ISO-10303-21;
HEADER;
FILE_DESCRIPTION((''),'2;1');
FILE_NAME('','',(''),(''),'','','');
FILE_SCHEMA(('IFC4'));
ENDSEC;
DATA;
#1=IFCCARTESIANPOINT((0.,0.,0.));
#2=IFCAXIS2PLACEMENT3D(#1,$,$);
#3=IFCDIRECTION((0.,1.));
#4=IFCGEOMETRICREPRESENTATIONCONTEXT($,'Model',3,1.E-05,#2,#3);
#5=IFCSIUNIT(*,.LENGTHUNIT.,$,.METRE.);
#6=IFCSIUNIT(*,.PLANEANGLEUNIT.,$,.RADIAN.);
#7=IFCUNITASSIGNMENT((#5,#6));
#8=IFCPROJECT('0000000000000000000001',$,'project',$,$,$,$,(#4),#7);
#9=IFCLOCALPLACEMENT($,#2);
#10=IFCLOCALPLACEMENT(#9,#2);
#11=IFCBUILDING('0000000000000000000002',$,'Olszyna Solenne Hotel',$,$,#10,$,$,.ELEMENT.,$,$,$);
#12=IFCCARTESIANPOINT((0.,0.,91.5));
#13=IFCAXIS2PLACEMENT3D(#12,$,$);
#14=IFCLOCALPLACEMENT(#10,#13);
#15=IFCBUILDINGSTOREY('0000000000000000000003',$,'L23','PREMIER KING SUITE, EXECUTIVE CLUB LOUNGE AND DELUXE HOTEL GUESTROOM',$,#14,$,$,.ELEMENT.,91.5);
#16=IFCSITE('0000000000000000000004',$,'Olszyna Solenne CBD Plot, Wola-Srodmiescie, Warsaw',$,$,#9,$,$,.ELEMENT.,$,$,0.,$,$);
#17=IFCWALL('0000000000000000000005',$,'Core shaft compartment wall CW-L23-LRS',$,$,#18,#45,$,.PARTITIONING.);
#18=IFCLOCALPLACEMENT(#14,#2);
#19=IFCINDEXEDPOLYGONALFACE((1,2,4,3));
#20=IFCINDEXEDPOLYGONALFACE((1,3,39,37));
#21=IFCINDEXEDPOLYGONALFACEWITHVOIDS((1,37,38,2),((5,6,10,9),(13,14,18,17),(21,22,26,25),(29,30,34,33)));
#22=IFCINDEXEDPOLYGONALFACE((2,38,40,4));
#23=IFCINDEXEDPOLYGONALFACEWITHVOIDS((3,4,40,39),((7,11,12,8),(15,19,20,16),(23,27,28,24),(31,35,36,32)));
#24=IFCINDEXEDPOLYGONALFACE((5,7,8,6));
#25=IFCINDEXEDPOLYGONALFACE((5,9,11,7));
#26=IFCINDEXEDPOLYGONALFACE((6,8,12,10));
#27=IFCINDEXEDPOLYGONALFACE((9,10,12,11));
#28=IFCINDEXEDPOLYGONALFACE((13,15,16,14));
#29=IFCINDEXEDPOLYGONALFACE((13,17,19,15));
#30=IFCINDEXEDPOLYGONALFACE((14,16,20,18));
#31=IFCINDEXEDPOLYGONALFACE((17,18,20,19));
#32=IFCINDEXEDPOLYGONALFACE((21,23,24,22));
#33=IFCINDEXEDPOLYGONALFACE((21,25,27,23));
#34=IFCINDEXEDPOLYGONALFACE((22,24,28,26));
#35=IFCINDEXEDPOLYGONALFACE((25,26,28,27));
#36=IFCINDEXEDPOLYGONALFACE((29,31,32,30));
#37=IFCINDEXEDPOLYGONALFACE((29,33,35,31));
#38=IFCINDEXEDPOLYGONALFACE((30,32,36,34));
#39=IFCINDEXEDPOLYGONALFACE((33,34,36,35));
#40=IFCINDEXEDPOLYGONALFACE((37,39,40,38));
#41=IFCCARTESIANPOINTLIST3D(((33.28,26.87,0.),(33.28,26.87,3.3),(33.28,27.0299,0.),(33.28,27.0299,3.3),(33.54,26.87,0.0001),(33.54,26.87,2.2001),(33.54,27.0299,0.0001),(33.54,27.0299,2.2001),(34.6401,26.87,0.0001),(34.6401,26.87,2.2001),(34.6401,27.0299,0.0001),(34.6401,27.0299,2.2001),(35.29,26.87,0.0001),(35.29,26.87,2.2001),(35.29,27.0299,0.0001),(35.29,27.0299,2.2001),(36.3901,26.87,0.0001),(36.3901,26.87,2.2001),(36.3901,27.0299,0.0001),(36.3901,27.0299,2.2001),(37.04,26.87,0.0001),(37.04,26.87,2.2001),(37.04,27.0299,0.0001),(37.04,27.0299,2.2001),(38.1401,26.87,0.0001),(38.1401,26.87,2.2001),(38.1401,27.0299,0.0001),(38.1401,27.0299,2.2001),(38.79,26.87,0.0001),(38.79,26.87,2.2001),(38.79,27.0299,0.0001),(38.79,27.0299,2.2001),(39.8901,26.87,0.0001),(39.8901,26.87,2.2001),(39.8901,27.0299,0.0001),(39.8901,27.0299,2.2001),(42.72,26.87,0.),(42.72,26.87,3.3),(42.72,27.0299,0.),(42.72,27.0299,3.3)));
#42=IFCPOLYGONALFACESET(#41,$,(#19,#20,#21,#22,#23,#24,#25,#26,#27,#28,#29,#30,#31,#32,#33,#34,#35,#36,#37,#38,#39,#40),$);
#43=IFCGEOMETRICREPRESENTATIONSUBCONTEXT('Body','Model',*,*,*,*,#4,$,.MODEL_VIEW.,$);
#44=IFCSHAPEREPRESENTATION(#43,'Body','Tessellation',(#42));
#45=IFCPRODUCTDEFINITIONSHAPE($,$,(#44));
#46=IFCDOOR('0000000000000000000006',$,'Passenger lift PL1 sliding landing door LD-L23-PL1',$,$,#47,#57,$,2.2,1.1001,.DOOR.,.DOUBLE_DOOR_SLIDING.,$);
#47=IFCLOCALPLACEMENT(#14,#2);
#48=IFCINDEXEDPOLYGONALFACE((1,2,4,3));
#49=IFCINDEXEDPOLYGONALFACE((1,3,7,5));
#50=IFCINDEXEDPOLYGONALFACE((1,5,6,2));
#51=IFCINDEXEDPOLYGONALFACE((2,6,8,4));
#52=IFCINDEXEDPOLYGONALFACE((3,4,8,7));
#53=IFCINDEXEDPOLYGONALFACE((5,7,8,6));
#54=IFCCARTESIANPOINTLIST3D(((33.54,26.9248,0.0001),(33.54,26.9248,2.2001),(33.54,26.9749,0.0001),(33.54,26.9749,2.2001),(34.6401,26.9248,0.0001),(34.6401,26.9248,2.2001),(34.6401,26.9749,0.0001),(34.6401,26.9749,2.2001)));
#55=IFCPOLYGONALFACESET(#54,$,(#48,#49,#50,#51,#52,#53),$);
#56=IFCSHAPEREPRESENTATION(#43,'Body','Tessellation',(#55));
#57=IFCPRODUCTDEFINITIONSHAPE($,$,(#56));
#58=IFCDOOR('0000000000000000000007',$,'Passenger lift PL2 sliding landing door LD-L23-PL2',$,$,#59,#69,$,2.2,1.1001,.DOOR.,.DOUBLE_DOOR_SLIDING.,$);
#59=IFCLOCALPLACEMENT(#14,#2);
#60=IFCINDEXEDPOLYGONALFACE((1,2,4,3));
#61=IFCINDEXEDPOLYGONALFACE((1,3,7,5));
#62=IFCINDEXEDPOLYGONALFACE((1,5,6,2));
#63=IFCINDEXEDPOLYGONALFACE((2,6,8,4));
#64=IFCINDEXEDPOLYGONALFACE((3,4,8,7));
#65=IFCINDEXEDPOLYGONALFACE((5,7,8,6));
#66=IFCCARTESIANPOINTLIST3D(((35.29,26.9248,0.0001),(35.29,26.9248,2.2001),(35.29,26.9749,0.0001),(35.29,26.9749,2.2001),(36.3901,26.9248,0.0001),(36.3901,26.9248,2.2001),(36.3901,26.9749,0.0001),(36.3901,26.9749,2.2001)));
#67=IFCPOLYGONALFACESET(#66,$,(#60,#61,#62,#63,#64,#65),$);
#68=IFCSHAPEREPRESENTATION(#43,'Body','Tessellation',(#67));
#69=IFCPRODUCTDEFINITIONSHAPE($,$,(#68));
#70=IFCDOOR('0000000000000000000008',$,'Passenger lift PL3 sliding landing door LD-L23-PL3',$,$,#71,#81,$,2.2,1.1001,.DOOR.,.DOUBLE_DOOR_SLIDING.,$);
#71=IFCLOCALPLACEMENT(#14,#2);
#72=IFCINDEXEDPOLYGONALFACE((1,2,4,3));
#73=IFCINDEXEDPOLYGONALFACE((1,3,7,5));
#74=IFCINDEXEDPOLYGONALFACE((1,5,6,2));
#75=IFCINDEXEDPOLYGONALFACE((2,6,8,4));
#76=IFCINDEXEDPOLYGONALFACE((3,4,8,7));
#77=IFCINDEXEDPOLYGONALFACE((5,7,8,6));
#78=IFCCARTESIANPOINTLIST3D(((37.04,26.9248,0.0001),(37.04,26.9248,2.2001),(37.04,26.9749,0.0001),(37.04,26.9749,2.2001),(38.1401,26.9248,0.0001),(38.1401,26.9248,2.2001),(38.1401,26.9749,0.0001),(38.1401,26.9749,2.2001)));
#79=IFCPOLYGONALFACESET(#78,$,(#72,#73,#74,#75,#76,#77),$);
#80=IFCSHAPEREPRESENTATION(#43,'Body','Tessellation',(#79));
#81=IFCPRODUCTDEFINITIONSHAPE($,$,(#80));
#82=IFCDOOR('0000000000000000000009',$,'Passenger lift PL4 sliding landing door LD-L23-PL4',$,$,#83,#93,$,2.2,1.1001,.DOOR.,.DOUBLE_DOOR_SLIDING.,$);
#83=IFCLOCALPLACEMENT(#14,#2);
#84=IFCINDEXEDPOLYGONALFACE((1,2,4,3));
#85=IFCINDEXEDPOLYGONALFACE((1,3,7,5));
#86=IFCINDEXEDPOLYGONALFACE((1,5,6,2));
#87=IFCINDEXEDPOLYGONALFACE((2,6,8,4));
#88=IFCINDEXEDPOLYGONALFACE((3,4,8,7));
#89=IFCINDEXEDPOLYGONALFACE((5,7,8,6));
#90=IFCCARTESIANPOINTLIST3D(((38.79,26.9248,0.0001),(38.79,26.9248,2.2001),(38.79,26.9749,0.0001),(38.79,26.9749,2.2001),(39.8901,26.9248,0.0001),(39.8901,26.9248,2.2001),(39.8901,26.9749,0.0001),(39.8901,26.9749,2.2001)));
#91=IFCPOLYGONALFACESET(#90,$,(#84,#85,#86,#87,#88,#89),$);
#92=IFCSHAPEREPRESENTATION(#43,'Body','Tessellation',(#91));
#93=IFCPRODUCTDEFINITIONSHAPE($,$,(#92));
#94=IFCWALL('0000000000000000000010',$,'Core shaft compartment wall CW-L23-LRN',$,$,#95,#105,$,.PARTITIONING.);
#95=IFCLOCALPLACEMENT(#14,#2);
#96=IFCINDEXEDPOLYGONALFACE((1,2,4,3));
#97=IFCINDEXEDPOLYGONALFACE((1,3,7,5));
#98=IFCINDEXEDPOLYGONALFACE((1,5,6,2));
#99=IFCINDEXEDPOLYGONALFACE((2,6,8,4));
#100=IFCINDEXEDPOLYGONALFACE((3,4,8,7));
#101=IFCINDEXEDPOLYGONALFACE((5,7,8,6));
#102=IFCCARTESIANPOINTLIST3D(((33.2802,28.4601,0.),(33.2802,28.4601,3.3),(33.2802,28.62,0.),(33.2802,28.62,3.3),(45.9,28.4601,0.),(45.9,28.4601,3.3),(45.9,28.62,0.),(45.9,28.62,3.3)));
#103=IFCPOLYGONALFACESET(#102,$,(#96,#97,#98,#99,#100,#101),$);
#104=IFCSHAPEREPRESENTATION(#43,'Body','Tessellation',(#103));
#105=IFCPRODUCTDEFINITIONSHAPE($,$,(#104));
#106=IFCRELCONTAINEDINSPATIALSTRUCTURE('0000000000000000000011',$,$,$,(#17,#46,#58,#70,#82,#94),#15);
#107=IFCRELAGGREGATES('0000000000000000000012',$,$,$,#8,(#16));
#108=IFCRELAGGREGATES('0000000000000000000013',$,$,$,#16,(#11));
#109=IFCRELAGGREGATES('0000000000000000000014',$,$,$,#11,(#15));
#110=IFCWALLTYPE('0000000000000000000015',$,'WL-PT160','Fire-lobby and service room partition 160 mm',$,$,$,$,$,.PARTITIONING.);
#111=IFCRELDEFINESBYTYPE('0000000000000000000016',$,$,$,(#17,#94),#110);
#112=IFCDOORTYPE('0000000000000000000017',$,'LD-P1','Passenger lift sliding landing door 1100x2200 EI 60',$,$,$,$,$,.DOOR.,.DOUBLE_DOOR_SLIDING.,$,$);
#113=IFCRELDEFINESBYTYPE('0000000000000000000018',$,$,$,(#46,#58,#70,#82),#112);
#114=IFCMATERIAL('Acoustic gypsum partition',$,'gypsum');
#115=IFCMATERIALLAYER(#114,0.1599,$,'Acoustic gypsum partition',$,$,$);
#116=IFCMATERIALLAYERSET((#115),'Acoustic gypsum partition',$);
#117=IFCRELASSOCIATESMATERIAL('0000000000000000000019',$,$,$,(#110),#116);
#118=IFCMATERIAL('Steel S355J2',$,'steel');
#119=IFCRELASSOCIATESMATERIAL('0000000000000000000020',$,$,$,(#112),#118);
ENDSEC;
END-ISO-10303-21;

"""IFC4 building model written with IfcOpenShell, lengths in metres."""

from ifc_helpers import new_model, si_unit, direction, frame, frame_2d, origin, place, context, subcontext, project, spatial, rectangle, extrude, source, transform, mapped, material, layer, layer_set, type_object, type_shapes, element, fill, save


model = new_model("IFC4")

# Units and contexts
model_context = context("Model", 3, precision=1e-05, world=origin(), true_north=direction((0.0, 1.0)))
body_context = subcontext(model_context, "Body", "Model", "MODEL_VIEW")
ifc_project = project(units=[si_unit("LENGTHUNIT", "METRE"), si_unit("PLANEANGLEUNIT", "RADIAN")], contexts=[model_context])

# Site, building, storey
site_placement = place(None, origin())
site = spatial("IfcSite", under=ifc_project, at=site_placement, Name="Olszyna Solenne CBD Plot, Wola-Srodmiescie, Warsaw", CompositionType="ELEMENT", RefElevation=0.0)
building_placement = place(site_placement, origin())
building = spatial("IfcBuilding", under=site, at=building_placement, Name="Olszyna Solenne Hotel", CompositionType="ELEMENT")
storey_placement = place(building_placement, frame((0.0, 0.0, 91.5)))
storey = spatial("IfcBuildingStorey", under=building, at=storey_placement, Name="L23", Description="PREMIER KING SUITE, EXECUTIVE CLUB LOUNGE AND DELUXE HOTEL GUESTROOM", CompositionType="ELEMENT", Elevation=91.5)

# Shared definitions
ifc_material_1 = material(Name="Steel S355J2", Category="steel")

# Shared definitions
ifc_material_2 = material(Name="Acoustic gypsum partition", Category="gypsum")
ifc_layer_1 = layer(ifc_material_2, 0.1599, Name="Acoustic gypsum partition")
ifc_layer_set_1 = layer_set([ifc_layer_1], Name="Acoustic gypsum partition")
wall_type_1 = type_object("IfcWallType", Name="WL-PT160", Description="Fire-lobby and service room partition 160 mm", PredefinedType="PARTITIONING", material=ifc_layer_set_1)

# Wall, openings, doors
wall_1_placement = place(storey_placement, frame((33.28, 26.95, 0.0), z_axis=(0.0, 0.0, 1.0), x_axis=(1.0, 0.0, 0.0)))
wall_1 = element("IfcWall", 1, at=wall_1_placement, inside=storey, type_object=wall_type_1, Name="Core shaft compartment wall CW-L23-LRS", PredefinedType="PARTITIONING", context=body_context, shape_type="SweptSolid", body=[
    extrude(rectangle(XDim=9.4399, YDim=0.1599, at=frame_2d((4.72, 0.0))), origin(), (0.0, 0.0, 1.0), 3.3),
])
opening_1_placement = place(wall_1_placement, frame((0.26, 0.0, 0.0)))
opening_1 = element("IfcOpeningElement", 2, at=opening_1_placement, cuts=wall_1, PredefinedType="OPENING", context=body_context, shape_type="SweptSolid", body=[
    extrude(rectangle(XDim=1.1001, YDim=2.2, at=frame_2d((0.55, 1.1001))), frame((0.0, 0.0898, 0.0), z_axis=(0.0, -1.0, 0.0), x_axis=(1.0, 0.0, 0.0)), (0.0, 0.0, 1.0), 0.1799),
])
opening_2_placement = place(wall_1_placement, frame((2.01, 0.0, 0.0)))
opening_2 = element("IfcOpeningElement", 3, at=opening_2_placement, cuts=wall_1, PredefinedType="OPENING", context=body_context, shape_type="SweptSolid", body=[
    extrude(rectangle(XDim=1.1001, YDim=2.2, at=frame_2d((0.55, 1.1001))), frame((0.0, 0.0898, 0.0), z_axis=(0.0, -1.0, 0.0), x_axis=(1.0, 0.0, 0.0)), (0.0, 0.0, 1.0), 0.1799),
])
opening_3_placement = place(wall_1_placement, frame((3.76, 0.0, 0.0)))
opening_3 = element("IfcOpeningElement", 4, at=opening_3_placement, cuts=wall_1, PredefinedType="OPENING", context=body_context, shape_type="SweptSolid", body=[
    extrude(rectangle(XDim=1.1001, YDim=2.2, at=frame_2d((0.55, 1.1001))), frame((0.0, 0.0898, 0.0), z_axis=(0.0, -1.0, 0.0), x_axis=(1.0, 0.0, 0.0)), (0.0, 0.0, 1.0), 0.1799),
])
opening_4_placement = place(wall_1_placement, frame((5.51, 0.0, 0.0)))
opening_4 = element("IfcOpeningElement", 5, at=opening_4_placement, cuts=wall_1, PredefinedType="OPENING", context=body_context, shape_type="SweptSolid", body=[
    extrude(rectangle(XDim=1.1001, YDim=2.2, at=frame_2d((0.55, 1.1001))), frame((0.0, 0.0898, 0.0), z_axis=(0.0, -1.0, 0.0), x_axis=(1.0, 0.0, 0.0)), (0.0, 0.0, 1.0), 0.1799),
])
door_type = type_object("IfcDoorType", Name="LD-P1", Description="Passenger lift sliding landing door 1100x2200 EI 60", OperationType="DOUBLE_DOOR_SLIDING", PredefinedType="DOOR", material=ifc_material_1)
shared_shape_1 = source(origin(), body_context, "Body", "SweptSolid", [
    extrude(rectangle(XDim=1.1001, YDim=2.2, at=frame_2d((0.55, 1.1001))), frame((0.0, 0.0249, 0.0), z_axis=(0.0, -1.0, 0.0), x_axis=(1.0, 0.0, 0.0)), (0.0, 0.0, 1.0), 0.05),
])
type_shapes(door_type, [shared_shape_1])
door_1_placement = place(opening_1_placement, origin())
door_1 = element("IfcDoor", 6, at=door_1_placement, inside=storey, type_object=door_type, Name="Passenger lift PL1 sliding landing door LD-L23-PL1", OperationType="DOUBLE_DOOR_SLIDING", OverallHeight=2.2, OverallWidth=1.1001, PredefinedType="DOOR", context=body_context, shape_type="MappedRepresentation", body=[
    mapped(shared_shape_1, transform((0.0, 0.0, 0.0), x_axis=(1.0, 0.0, 0.0), y_axis=(0.0, 1.0, 0.0), z_axis=(0.0, 0.0, 1.0), scale=1.0)),
])
fill(opening_1, door_1)
door_2_placement = place(opening_2_placement, origin())
door_2 = element("IfcDoor", 7, at=door_2_placement, inside=storey, type_object=door_type, Name="Passenger lift PL2 sliding landing door LD-L23-PL2", OperationType="DOUBLE_DOOR_SLIDING", OverallHeight=2.2, OverallWidth=1.1001, PredefinedType="DOOR", context=body_context, shape_type="MappedRepresentation", body=[
    mapped(shared_shape_1, transform((0.0, 0.0, 0.0), x_axis=(1.0, 0.0, 0.0), y_axis=(0.0, 1.0, 0.0), z_axis=(0.0, 0.0, 1.0), scale=1.0)),
])
fill(opening_2, door_2)
door_3_placement = place(opening_3_placement, origin())
door_3 = element("IfcDoor", 8, at=door_3_placement, inside=storey, type_object=door_type, Name="Passenger lift PL3 sliding landing door LD-L23-PL3", OperationType="DOUBLE_DOOR_SLIDING", OverallHeight=2.2, OverallWidth=1.1001, PredefinedType="DOOR", context=body_context, shape_type="MappedRepresentation", body=[
    mapped(shared_shape_1, transform((0.0, 0.0, 0.0), x_axis=(1.0, 0.0, 0.0), y_axis=(0.0, 1.0, 0.0), z_axis=(0.0, 0.0, 1.0), scale=1.0)),
])
fill(opening_3, door_3)
door_4_placement = place(opening_4_placement, origin())
door_4 = element("IfcDoor", 9, at=door_4_placement, inside=storey, type_object=door_type, Name="Passenger lift PL4 sliding landing door LD-L23-PL4", OperationType="DOUBLE_DOOR_SLIDING", OverallHeight=2.2, OverallWidth=1.1001, PredefinedType="DOOR", context=body_context, shape_type="MappedRepresentation", body=[
    mapped(shared_shape_1, transform((0.0, 0.0, 0.0), x_axis=(1.0, 0.0, 0.0), y_axis=(0.0, 1.0, 0.0), z_axis=(0.0, 0.0, 1.0), scale=1.0)),
])
fill(opening_4, door_4)

# Wall
wall_2_placement = place(storey_placement, frame((33.28, 28.54, 0.0), z_axis=(0.0, 0.0, 1.0), x_axis=(1.0, 0.0, 0.0)))
element("IfcWall", 10, at=wall_2_placement, inside=storey, type_object=wall_type_1, Name="Core shaft compartment wall CW-L23-LRN", PredefinedType="PARTITIONING", context=body_context, shape_type="SweptSolid", body=[
    extrude(rectangle(XDim=12.6199, YDim=0.1599, at=frame_2d((6.3101, 0.0))), origin(), (0.0, 0.0, 1.0), 3.3),
])

save(model, "model.ifc")
